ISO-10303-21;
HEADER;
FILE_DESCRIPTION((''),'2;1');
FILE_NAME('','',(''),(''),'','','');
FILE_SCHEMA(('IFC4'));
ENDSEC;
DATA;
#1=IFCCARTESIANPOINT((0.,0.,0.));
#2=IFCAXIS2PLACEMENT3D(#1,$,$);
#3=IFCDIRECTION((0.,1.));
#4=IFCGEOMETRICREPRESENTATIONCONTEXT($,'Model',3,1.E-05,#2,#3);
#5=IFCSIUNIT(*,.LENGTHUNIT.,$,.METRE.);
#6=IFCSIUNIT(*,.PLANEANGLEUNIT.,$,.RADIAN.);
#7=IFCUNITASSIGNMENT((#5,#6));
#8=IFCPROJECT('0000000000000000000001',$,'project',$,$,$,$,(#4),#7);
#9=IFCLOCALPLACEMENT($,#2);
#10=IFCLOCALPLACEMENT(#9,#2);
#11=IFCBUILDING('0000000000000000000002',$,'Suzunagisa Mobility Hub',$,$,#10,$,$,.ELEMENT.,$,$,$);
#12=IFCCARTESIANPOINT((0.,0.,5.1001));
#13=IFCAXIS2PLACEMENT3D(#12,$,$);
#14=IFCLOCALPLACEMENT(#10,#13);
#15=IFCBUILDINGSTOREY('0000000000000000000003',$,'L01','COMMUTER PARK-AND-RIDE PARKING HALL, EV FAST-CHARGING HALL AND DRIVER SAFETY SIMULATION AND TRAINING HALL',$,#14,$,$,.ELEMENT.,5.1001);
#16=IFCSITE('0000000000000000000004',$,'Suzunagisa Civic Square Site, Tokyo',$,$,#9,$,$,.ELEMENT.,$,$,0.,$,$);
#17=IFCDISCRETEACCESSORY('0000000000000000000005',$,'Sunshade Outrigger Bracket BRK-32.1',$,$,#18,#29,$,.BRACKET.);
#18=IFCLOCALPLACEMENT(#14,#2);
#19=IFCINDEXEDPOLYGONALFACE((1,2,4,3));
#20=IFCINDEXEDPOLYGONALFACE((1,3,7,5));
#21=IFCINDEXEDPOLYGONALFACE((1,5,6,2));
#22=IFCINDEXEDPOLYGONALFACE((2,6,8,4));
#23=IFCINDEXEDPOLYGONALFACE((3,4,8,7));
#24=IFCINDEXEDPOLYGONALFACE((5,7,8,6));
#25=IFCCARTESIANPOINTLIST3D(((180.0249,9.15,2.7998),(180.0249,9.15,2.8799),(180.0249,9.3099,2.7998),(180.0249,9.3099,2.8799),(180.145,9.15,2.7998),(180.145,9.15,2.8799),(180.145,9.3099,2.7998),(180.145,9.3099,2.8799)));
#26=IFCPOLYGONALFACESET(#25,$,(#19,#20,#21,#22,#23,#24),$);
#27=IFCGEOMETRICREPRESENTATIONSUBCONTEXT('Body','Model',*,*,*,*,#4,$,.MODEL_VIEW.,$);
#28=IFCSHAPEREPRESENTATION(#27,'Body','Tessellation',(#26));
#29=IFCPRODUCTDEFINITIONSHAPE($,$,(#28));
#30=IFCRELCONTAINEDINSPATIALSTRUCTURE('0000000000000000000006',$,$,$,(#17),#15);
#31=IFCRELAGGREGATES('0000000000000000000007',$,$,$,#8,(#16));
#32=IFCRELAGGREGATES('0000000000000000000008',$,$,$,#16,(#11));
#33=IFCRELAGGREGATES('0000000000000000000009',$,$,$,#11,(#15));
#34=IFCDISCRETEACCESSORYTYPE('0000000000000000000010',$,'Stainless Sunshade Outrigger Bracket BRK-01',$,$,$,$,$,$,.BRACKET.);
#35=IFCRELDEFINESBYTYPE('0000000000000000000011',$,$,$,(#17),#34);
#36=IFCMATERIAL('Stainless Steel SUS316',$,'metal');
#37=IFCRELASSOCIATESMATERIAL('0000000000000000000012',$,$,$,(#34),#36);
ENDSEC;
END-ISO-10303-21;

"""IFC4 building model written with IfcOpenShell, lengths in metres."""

from ifc_helpers import new_model, si_unit, direction, frame, origin, origin_2d, place, context, subcontext, project, spatial, rectangle, extrude, material, type_object, element, save


model = new_model("IFC4")

# Units and contexts
model_context = context("Model", 3, precision=1e-05, world=origin(), true_north=direction((0.0, 1.0)))
body_context = subcontext(model_context, "Body", "Model", "MODEL_VIEW")
ifc_project = project(units=[si_unit("LENGTHUNIT", "METRE"), si_unit("PLANEANGLEUNIT", "RADIAN")], contexts=[model_context])

# Site, building, storey
site_placement = place(None, origin())
site = spatial("IfcSite", under=ifc_project, at=site_placement, Name="Suzunagisa Civic Square Site, Tokyo", CompositionType="ELEMENT", RefElevation=0.0)
building_placement = place(site_placement, origin())
building = spatial("IfcBuilding", under=site, at=building_placement, Name="Suzunagisa Mobility Hub", CompositionType="ELEMENT")
storey_placement = place(building_placement, frame((0.0, 0.0, 5.1001)))
storey = spatial("IfcBuildingStorey", under=building, at=storey_placement, Name="L01", Description="COMMUTER PARK-AND-RIDE PARKING HALL, EV FAST-CHARGING HALL AND DRIVER SAFETY SIMULATION AND TRAINING HALL", CompositionType="ELEMENT", Elevation=5.1001)

# Discrete accessory
ifc_material_1 = material(Name="Stainless Steel SUS316", Category="metal")
discrete_accessory_type = type_object("IfcDiscreteAccessoryType", Name="Stainless Sunshade Outrigger Bracket BRK-01", PredefinedType="BRACKET", material=ifc_material_1)
discrete_accessory_placement = place(storey_placement, frame((180.085, 9.23, 2.7998), z_axis=(0.0, 0.0, 1.0), x_axis=(0.0, 1.0, 0.0)))
element("IfcDiscreteAccessory", 1, at=discrete_accessory_placement, inside=storey, type_object=discrete_accessory_type, Name="Sunshade Outrigger Bracket BRK-32.1", PredefinedType="BRACKET", context=body_context, shape_type="SweptSolid", body=[
    extrude(rectangle(XDim=0.1599, YDim=0.1201, at=origin_2d()), origin(), (0.0, 0.0, 1.0), 0.0801),
])

save(model, "model.ifc")
